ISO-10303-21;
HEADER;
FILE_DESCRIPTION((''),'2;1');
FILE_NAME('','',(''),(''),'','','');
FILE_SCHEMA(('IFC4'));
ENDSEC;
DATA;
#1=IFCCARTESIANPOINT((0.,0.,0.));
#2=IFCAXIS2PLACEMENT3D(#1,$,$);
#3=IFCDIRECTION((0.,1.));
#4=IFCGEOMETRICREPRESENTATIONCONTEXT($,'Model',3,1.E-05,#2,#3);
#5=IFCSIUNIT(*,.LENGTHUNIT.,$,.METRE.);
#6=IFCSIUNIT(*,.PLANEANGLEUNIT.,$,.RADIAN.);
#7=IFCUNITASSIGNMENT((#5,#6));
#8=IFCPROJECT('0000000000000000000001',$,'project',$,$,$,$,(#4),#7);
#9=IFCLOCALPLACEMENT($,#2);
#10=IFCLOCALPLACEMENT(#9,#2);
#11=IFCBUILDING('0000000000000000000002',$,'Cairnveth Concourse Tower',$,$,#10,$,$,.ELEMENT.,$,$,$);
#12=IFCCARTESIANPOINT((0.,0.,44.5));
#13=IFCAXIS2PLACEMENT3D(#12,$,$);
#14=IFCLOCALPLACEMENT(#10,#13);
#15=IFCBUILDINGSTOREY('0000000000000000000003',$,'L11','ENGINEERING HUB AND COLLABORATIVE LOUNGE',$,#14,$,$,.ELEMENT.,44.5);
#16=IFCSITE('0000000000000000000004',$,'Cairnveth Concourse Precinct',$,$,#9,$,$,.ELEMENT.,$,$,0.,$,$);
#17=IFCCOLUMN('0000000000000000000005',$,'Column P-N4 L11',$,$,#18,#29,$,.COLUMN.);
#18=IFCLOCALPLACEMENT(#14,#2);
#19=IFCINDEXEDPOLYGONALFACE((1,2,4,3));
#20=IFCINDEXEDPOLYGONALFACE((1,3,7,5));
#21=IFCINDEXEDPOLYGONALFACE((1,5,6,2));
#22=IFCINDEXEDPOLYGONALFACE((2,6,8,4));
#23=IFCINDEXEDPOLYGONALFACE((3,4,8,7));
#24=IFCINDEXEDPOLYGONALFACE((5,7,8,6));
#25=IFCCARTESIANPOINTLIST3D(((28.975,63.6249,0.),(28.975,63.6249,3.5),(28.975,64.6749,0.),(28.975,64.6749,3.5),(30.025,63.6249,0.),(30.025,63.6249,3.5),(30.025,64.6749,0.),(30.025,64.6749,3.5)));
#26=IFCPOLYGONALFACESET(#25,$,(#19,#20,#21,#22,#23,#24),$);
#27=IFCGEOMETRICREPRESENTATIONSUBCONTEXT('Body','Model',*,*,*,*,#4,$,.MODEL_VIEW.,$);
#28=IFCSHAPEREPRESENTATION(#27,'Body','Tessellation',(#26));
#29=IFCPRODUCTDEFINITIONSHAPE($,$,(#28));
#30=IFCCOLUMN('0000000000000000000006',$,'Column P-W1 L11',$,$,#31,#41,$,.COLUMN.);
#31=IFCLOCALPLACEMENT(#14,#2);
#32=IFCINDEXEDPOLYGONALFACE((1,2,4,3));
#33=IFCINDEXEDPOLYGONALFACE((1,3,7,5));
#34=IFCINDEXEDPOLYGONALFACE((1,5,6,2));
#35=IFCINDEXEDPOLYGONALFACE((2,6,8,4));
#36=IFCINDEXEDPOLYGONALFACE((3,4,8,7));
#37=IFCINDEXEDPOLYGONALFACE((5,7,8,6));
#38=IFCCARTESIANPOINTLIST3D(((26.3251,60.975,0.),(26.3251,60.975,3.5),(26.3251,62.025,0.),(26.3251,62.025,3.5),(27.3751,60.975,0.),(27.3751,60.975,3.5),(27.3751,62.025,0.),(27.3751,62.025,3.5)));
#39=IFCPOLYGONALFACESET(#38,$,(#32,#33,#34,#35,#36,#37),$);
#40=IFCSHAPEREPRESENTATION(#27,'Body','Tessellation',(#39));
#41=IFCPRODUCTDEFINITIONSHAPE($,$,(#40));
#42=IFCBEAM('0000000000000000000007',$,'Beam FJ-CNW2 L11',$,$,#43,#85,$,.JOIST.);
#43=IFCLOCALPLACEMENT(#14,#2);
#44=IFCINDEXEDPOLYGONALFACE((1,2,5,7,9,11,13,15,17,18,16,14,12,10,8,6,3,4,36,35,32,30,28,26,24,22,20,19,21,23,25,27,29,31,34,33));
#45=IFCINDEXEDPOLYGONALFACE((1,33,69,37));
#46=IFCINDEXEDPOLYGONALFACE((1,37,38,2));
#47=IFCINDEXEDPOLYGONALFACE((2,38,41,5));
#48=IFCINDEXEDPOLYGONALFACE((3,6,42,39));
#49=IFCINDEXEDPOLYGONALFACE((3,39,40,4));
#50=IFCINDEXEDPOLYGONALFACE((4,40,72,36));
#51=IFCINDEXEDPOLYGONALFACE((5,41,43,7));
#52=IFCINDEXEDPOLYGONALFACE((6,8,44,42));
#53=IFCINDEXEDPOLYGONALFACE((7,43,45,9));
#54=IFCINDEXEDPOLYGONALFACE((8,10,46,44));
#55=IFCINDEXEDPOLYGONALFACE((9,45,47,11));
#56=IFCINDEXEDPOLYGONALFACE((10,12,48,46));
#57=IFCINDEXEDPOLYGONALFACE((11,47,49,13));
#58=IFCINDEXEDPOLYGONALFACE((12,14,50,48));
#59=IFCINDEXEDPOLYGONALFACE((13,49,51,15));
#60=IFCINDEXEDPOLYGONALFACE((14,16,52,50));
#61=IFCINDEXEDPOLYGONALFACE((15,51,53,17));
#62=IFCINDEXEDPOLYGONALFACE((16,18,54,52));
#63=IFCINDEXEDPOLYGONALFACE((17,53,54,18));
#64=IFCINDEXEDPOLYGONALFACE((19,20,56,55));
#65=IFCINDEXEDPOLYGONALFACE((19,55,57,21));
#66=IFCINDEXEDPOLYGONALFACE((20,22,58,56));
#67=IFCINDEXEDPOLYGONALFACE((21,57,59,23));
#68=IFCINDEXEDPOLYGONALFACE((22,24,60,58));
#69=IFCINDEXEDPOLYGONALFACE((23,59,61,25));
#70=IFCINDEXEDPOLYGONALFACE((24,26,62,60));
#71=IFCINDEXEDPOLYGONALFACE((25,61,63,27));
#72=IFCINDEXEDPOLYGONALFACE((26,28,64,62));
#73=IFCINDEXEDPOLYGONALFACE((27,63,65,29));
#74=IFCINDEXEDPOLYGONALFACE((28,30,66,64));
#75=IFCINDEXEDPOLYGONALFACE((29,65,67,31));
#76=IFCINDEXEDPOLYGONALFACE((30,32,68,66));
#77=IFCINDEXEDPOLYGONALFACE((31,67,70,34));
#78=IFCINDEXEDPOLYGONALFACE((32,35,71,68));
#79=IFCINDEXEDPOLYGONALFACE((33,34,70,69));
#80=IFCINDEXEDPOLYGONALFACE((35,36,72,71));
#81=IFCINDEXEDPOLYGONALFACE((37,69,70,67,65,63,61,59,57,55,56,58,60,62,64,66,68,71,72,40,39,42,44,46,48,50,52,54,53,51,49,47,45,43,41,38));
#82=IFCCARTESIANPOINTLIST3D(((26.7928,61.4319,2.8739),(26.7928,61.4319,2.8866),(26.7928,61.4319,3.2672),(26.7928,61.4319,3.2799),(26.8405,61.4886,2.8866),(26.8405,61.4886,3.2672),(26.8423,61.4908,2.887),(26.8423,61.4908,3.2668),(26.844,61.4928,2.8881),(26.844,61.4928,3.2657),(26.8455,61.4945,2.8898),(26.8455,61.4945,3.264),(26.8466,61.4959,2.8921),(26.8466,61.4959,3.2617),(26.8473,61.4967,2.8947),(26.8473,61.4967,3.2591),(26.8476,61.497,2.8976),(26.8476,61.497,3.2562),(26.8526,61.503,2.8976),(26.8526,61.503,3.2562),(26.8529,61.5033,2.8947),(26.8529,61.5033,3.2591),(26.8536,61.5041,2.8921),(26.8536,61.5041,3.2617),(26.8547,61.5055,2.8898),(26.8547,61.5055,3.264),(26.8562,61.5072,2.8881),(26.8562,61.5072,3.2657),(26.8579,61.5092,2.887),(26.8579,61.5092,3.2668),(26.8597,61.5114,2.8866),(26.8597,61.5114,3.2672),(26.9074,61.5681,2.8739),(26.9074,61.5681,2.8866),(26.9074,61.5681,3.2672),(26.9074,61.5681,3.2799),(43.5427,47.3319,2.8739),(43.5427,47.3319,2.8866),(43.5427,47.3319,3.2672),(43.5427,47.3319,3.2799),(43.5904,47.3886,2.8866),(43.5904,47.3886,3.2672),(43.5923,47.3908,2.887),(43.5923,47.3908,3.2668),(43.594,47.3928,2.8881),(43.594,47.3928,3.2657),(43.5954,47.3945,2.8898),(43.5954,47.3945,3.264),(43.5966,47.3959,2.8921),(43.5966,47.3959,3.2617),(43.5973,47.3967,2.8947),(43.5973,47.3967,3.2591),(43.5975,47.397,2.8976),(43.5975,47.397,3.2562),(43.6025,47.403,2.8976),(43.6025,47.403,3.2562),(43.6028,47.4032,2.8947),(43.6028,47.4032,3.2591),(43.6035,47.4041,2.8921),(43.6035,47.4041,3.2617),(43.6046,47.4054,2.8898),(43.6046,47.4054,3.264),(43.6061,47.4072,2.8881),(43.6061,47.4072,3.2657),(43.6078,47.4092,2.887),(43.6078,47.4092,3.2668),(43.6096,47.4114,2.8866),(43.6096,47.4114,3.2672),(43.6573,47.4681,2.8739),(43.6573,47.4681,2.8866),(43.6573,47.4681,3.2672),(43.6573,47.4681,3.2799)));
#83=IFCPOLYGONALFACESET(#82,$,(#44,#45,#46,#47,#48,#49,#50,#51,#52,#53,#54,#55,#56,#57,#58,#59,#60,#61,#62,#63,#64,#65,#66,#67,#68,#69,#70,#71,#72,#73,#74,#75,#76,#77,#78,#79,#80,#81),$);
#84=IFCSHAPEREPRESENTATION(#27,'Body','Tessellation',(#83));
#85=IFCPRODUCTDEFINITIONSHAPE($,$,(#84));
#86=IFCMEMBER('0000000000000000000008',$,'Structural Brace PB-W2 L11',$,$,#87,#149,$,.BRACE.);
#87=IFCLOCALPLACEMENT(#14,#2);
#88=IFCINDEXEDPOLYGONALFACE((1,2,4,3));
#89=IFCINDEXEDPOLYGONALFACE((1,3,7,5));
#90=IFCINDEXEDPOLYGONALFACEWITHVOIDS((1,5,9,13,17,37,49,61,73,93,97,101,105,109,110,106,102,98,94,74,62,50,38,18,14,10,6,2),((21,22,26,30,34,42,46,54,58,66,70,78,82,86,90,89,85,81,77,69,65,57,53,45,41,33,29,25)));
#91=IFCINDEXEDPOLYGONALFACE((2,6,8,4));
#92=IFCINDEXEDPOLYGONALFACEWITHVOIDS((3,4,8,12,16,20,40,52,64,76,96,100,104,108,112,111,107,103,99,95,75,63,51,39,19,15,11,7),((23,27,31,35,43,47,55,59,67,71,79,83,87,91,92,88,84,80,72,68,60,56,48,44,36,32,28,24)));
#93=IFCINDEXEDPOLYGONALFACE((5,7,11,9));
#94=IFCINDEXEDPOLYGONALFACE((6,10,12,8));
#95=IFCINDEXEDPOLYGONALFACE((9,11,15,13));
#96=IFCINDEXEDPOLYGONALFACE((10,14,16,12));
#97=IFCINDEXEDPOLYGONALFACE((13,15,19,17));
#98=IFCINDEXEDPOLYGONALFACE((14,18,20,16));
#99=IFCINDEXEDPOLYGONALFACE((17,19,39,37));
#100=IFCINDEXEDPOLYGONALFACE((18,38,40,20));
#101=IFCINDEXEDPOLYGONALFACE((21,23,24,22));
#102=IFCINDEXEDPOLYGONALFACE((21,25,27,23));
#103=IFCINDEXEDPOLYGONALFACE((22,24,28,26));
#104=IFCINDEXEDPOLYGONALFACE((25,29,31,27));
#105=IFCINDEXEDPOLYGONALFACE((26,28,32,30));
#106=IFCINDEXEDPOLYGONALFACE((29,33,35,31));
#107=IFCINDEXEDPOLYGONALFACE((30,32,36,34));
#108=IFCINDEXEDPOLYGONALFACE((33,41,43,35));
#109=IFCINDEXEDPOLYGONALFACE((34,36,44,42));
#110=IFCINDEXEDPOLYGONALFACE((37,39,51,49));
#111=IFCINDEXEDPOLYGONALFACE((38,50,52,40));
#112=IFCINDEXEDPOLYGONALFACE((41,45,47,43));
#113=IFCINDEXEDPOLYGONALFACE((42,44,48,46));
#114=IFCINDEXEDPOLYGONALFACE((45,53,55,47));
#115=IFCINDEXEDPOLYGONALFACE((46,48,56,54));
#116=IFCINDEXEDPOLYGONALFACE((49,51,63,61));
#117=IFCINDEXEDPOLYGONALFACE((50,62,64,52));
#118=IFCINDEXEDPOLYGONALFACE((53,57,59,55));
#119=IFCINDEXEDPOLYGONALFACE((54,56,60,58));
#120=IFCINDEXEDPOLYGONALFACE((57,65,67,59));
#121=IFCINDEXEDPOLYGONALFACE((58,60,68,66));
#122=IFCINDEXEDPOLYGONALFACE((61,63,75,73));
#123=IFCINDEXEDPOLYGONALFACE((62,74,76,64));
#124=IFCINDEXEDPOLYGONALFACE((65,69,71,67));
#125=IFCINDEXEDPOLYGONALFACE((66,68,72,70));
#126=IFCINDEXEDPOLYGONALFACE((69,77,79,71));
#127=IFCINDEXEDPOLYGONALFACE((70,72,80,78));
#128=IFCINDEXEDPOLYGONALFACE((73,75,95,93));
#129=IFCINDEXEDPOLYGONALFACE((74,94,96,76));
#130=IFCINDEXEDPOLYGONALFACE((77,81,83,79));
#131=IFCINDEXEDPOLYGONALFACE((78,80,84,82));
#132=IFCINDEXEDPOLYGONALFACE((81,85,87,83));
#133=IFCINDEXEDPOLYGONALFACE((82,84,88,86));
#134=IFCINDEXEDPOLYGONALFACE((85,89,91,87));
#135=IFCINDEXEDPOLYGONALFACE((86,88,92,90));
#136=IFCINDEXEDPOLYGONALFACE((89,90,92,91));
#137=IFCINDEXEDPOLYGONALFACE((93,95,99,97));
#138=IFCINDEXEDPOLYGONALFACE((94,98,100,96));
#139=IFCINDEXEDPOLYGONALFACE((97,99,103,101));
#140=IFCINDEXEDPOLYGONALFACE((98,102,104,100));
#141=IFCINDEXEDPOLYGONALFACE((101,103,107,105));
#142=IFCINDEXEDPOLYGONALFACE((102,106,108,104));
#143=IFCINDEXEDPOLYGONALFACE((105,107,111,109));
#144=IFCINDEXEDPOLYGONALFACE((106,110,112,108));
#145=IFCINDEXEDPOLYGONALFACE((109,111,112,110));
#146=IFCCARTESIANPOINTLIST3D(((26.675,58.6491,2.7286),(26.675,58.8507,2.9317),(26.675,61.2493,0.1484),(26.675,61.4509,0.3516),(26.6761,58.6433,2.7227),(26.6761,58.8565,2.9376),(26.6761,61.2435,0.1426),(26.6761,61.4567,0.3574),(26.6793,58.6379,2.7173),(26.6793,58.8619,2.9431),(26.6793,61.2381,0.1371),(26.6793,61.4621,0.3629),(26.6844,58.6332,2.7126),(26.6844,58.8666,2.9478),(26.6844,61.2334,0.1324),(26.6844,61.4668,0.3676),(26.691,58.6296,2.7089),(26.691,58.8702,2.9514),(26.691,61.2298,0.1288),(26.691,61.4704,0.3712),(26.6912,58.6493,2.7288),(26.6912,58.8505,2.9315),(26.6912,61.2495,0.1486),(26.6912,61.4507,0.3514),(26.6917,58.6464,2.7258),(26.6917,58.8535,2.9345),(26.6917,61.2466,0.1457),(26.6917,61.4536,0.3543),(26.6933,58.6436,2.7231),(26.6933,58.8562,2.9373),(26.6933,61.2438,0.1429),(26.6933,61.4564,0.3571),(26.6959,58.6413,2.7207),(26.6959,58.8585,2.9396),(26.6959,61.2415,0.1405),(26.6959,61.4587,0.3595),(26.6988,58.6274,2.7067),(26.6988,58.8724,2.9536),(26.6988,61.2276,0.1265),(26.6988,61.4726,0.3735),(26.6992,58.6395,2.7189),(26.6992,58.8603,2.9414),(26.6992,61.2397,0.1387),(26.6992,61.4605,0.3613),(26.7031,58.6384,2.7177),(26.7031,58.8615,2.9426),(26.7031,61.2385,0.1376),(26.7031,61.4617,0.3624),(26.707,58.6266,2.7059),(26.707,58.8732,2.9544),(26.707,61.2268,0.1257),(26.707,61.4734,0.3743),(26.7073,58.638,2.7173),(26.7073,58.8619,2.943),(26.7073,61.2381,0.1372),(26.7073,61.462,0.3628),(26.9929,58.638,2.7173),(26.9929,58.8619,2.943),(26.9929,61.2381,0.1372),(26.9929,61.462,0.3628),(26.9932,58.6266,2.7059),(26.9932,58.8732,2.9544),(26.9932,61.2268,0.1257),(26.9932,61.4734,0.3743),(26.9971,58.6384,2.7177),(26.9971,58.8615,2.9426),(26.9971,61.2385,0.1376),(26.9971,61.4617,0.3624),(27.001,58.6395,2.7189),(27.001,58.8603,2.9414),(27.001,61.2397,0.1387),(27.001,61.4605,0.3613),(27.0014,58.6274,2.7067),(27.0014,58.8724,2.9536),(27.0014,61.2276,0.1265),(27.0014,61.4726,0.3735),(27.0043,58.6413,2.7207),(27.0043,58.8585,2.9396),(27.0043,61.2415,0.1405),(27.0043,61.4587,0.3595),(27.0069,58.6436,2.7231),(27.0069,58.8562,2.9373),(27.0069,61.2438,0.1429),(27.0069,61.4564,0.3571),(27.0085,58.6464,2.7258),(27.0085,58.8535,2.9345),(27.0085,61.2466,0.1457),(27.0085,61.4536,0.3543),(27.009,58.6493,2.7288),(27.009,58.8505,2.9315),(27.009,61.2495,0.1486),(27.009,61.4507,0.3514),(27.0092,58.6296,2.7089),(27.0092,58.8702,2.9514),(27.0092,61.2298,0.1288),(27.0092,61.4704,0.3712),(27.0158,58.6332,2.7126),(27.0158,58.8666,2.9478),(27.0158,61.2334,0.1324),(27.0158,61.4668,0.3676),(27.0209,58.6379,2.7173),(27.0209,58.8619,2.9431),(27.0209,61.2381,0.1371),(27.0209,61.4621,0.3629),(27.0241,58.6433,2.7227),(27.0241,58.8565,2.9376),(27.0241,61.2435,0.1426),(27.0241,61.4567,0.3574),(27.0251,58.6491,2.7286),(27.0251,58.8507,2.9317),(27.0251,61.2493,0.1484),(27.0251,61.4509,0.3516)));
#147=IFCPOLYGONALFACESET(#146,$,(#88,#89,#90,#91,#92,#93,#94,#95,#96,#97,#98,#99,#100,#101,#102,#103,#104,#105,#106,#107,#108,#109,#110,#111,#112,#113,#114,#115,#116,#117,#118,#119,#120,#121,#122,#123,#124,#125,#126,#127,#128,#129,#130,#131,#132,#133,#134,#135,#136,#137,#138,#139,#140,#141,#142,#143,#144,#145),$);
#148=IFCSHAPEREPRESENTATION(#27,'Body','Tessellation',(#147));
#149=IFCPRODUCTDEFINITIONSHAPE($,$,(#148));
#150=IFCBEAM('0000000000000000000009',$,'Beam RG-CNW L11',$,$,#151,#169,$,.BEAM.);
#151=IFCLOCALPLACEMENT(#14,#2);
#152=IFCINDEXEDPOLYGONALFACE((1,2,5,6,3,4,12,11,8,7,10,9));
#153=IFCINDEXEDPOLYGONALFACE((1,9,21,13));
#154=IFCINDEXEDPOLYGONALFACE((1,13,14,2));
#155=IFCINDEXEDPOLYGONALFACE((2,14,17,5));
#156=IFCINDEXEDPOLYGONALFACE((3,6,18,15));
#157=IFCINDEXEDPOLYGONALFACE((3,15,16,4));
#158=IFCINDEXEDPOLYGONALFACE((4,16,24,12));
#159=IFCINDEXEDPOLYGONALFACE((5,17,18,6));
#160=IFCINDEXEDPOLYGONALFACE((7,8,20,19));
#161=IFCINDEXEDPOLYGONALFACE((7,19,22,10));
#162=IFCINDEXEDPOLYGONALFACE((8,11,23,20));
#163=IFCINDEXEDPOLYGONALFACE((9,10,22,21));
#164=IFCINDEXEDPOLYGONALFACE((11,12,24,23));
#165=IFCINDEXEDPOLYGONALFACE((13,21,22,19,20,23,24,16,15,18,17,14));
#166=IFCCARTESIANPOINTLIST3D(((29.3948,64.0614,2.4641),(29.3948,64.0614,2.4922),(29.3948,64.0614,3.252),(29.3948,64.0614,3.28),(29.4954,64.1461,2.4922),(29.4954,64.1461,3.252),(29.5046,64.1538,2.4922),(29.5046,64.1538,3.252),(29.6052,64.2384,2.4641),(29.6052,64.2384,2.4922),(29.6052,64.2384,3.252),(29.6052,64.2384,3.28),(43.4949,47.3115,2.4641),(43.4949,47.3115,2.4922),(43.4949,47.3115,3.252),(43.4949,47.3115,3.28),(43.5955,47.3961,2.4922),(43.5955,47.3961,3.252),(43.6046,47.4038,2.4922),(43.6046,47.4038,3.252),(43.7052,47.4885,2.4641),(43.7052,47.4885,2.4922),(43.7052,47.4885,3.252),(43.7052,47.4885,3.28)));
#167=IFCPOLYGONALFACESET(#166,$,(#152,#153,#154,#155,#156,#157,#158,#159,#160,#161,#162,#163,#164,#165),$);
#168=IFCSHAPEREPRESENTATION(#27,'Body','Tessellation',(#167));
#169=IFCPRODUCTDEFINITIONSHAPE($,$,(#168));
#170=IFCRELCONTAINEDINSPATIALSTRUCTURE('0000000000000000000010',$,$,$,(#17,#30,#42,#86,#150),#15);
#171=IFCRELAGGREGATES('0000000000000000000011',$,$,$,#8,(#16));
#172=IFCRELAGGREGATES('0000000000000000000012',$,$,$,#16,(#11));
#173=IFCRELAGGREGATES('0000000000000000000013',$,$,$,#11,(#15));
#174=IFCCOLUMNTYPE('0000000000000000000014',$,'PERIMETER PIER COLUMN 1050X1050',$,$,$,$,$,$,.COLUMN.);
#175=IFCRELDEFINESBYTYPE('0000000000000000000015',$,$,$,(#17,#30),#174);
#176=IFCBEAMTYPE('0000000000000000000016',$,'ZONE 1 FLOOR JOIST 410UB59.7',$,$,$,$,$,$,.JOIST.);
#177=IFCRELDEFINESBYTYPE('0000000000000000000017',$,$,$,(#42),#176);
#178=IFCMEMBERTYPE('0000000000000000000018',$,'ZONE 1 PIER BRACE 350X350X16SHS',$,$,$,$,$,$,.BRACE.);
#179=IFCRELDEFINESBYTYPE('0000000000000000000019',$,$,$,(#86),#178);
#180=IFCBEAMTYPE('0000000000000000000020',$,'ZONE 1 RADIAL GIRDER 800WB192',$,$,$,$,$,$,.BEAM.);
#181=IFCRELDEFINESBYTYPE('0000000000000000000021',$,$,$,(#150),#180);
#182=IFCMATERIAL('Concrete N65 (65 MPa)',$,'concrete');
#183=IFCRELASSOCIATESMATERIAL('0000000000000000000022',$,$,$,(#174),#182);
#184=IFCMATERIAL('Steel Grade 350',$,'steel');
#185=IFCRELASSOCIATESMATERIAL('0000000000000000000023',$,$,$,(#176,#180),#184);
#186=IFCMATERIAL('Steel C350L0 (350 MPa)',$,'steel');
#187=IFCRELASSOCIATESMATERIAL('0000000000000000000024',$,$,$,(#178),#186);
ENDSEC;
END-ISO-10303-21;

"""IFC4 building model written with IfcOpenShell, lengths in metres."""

from ifc_helpers import new_model, si_unit, direction, frame, origin, origin_2d, place, context, subcontext, project, spatial, rectangle, hollow_rectangle, i_section, extrude, material, material_profile, profile_set, type_object, element, save


model = new_model("IFC4")

# Units and contexts
model_context = context("Model", 3, precision=1e-05, world=origin(), true_north=direction((0.0, 1.0)))
body_context = subcontext(model_context, "Body", "Model", "MODEL_VIEW")
ifc_project = project(units=[si_unit("LENGTHUNIT", "METRE"), si_unit("PLANEANGLEUNIT", "RADIAN")], contexts=[model_context])

# Site, building, storey
site_placement = place(None, origin())
site = spatial("IfcSite", under=ifc_project, at=site_placement, Name="Cairnveth Concourse Precinct", CompositionType="ELEMENT", RefElevation=0.0)
building_placement = place(site_placement, origin())
building = spatial("IfcBuilding", under=site, at=building_placement, Name="Cairnveth Concourse Tower", CompositionType="ELEMENT")
storey_placement = place(building_placement, frame((0.0, 0.0, 44.5)))
storey = spatial("IfcBuildingStorey", under=building, at=storey_placement, Name="L11", Description="ENGINEERING HUB AND COLLABORATIVE LOUNGE", CompositionType="ELEMENT", Elevation=44.5)

# Columns
ifc_material_1 = material(Name="Concrete N65 (65 MPa)", Category="concrete")
ifc_material_profile_1 = material_profile(ifc_material_1, rectangle(XDim=1.05, YDim=1.05, at=origin_2d()), Name="RC-COL-1050x1050")
ifc_profile_set_1 = profile_set([ifc_material_profile_1], Name="Concrete N65 (65 MPa)")
column_type = type_object("IfcColumnType", Name="PERIMETER PIER COLUMN 1050X1050", PredefinedType="COLUMN", material=ifc_profile_set_1)
for number, where, z_axis, x_axis, name in (
    (1, (29.5, 64.1499, 0.0), (0.0, 0.0, 1.0), (1.0, 0.0, 0.0), "Column P-N4 L11"),
    (2, (26.8501, 61.5, 0.0), (0.0, 0.0, 1.0), (0.0, 1.0, 0.0), "Column P-W1 L11"),
):
    element("IfcColumn", number, at=place(storey_placement, frame(where, z_axis=z_axis, x_axis=x_axis)), inside=storey, type_object=column_type, Name=name, PredefinedType="COLUMN", context=body_context, shape_type="SweptSolid", body=[
        extrude(rectangle(XDim=1.05, YDim=1.05, at=origin_2d()), origin(), (0.0, 0.0, 1.0), 3.5),
    ])

# Beam
ifc_material_2 = material(Name="Steel Grade 350", Category="steel")
ifc_material_profile_2 = material_profile(ifc_material_2, i_section(OverallWidth=0.178, OverallDepth=0.406, WebThickness=0.0078, FlangeThickness=0.0127, FilletRadius=0.011, at=origin_2d()), Name="410UB59.7")
ifc_profile_set_2 = profile_set([ifc_material_profile_2], Name="Steel Grade 350")
beam_type_1 = type_object("IfcBeamType", Name="ZONE 1 FLOOR JOIST 410UB59.7", PredefinedType="JOIST", material=ifc_profile_set_2)
beam_1_placement = place(storey_placement, frame((26.8501, 61.5, 3.0769), z_axis=(0.765027, -0.643998, 0.0), x_axis=(0.643998, 0.765027, 0.0)))
element("IfcBeam", 3, at=beam_1_placement, inside=storey, type_object=beam_type_1, Name="Beam FJ-CNW2 L11", PredefinedType="JOIST", context=body_context, shape_type="SweptSolid", body=[
    extrude(i_section(OverallWidth=0.178, OverallDepth=0.406, WebThickness=0.0078, FlangeThickness=0.0127, FilletRadius=0.011, at=origin_2d()), origin(), (0.0, 0.0, 1.0), 21.8945),
])

# Member
ifc_material_3 = material(Name="Steel C350L0 (350 MPa)", Category="steel")
ifc_material_profile_3 = material_profile(ifc_material_3, hollow_rectangle(XDim=0.3501, YDim=0.3501, WallThickness=0.0161, InnerFilletRadius=0.0161, OuterFilletRadius=0.032, at=origin_2d()), Name="350x350x16.0SHS")
ifc_profile_set_3 = profile_set([ifc_material_profile_3], Name="Steel C350L0 (350 MPa)")
member_type = type_object("IfcMemberType", Name="ZONE 1 PIER BRACE 350X350X16SHS", PredefinedType="BRACE", material=ifc_profile_set_3)
member_placement = place(storey_placement, frame((26.8501, 61.3501, 0.25), z_axis=(0.0, -0.709834, 0.704369), x_axis=(1.0, 0.0, 0.0)))
element("IfcMember", 4, at=member_placement, inside=storey, type_object=member_type, Name="Structural Brace PB-W2 L11", PredefinedType="BRACE", context=body_context, shape_type="SweptSolid", body=[
    extrude(hollow_rectangle(XDim=0.3501, YDim=0.3501, WallThickness=0.0161, InnerFilletRadius=0.0161, OuterFilletRadius=0.032, at=origin_2d()), origin(), (0.0, 0.0, 1.0), 3.6631),
])

# Beam
ifc_material_profile_4 = material_profile(ifc_material_2, i_section(OverallWidth=0.2749, OverallDepth=0.8159, WebThickness=0.012, FlangeThickness=0.0281, at=origin_2d()), Name="800WB192")
ifc_profile_set_4 = profile_set([ifc_material_profile_4], Name="Steel Grade 350")
beam_type_2 = type_object("IfcBeamType", Name="ZONE 1 RADIAL GIRDER 800WB192", PredefinedType="BEAM", material=ifc_profile_set_4)
beam_2_placement = place(storey_placement, frame((29.5, 64.1499, 2.8721), z_axis=(0.643998, -0.765027, 0.0), x_axis=(0.765027, 0.643998, 0.0)))
element("IfcBeam", 5, at=beam_2_placement, inside=storey, type_object=beam_type_2, Name="Beam RG-CNW L11", PredefinedType="BEAM", context=body_context, shape_type="SweptSolid", body=[
    extrude(i_section(OverallWidth=0.2749, OverallDepth=0.8159, WebThickness=0.012, FlangeThickness=0.0281, at=origin_2d()), origin(), (0.0, 0.0, 1.0), 21.8945),
])

save(model, "model.ifc")
